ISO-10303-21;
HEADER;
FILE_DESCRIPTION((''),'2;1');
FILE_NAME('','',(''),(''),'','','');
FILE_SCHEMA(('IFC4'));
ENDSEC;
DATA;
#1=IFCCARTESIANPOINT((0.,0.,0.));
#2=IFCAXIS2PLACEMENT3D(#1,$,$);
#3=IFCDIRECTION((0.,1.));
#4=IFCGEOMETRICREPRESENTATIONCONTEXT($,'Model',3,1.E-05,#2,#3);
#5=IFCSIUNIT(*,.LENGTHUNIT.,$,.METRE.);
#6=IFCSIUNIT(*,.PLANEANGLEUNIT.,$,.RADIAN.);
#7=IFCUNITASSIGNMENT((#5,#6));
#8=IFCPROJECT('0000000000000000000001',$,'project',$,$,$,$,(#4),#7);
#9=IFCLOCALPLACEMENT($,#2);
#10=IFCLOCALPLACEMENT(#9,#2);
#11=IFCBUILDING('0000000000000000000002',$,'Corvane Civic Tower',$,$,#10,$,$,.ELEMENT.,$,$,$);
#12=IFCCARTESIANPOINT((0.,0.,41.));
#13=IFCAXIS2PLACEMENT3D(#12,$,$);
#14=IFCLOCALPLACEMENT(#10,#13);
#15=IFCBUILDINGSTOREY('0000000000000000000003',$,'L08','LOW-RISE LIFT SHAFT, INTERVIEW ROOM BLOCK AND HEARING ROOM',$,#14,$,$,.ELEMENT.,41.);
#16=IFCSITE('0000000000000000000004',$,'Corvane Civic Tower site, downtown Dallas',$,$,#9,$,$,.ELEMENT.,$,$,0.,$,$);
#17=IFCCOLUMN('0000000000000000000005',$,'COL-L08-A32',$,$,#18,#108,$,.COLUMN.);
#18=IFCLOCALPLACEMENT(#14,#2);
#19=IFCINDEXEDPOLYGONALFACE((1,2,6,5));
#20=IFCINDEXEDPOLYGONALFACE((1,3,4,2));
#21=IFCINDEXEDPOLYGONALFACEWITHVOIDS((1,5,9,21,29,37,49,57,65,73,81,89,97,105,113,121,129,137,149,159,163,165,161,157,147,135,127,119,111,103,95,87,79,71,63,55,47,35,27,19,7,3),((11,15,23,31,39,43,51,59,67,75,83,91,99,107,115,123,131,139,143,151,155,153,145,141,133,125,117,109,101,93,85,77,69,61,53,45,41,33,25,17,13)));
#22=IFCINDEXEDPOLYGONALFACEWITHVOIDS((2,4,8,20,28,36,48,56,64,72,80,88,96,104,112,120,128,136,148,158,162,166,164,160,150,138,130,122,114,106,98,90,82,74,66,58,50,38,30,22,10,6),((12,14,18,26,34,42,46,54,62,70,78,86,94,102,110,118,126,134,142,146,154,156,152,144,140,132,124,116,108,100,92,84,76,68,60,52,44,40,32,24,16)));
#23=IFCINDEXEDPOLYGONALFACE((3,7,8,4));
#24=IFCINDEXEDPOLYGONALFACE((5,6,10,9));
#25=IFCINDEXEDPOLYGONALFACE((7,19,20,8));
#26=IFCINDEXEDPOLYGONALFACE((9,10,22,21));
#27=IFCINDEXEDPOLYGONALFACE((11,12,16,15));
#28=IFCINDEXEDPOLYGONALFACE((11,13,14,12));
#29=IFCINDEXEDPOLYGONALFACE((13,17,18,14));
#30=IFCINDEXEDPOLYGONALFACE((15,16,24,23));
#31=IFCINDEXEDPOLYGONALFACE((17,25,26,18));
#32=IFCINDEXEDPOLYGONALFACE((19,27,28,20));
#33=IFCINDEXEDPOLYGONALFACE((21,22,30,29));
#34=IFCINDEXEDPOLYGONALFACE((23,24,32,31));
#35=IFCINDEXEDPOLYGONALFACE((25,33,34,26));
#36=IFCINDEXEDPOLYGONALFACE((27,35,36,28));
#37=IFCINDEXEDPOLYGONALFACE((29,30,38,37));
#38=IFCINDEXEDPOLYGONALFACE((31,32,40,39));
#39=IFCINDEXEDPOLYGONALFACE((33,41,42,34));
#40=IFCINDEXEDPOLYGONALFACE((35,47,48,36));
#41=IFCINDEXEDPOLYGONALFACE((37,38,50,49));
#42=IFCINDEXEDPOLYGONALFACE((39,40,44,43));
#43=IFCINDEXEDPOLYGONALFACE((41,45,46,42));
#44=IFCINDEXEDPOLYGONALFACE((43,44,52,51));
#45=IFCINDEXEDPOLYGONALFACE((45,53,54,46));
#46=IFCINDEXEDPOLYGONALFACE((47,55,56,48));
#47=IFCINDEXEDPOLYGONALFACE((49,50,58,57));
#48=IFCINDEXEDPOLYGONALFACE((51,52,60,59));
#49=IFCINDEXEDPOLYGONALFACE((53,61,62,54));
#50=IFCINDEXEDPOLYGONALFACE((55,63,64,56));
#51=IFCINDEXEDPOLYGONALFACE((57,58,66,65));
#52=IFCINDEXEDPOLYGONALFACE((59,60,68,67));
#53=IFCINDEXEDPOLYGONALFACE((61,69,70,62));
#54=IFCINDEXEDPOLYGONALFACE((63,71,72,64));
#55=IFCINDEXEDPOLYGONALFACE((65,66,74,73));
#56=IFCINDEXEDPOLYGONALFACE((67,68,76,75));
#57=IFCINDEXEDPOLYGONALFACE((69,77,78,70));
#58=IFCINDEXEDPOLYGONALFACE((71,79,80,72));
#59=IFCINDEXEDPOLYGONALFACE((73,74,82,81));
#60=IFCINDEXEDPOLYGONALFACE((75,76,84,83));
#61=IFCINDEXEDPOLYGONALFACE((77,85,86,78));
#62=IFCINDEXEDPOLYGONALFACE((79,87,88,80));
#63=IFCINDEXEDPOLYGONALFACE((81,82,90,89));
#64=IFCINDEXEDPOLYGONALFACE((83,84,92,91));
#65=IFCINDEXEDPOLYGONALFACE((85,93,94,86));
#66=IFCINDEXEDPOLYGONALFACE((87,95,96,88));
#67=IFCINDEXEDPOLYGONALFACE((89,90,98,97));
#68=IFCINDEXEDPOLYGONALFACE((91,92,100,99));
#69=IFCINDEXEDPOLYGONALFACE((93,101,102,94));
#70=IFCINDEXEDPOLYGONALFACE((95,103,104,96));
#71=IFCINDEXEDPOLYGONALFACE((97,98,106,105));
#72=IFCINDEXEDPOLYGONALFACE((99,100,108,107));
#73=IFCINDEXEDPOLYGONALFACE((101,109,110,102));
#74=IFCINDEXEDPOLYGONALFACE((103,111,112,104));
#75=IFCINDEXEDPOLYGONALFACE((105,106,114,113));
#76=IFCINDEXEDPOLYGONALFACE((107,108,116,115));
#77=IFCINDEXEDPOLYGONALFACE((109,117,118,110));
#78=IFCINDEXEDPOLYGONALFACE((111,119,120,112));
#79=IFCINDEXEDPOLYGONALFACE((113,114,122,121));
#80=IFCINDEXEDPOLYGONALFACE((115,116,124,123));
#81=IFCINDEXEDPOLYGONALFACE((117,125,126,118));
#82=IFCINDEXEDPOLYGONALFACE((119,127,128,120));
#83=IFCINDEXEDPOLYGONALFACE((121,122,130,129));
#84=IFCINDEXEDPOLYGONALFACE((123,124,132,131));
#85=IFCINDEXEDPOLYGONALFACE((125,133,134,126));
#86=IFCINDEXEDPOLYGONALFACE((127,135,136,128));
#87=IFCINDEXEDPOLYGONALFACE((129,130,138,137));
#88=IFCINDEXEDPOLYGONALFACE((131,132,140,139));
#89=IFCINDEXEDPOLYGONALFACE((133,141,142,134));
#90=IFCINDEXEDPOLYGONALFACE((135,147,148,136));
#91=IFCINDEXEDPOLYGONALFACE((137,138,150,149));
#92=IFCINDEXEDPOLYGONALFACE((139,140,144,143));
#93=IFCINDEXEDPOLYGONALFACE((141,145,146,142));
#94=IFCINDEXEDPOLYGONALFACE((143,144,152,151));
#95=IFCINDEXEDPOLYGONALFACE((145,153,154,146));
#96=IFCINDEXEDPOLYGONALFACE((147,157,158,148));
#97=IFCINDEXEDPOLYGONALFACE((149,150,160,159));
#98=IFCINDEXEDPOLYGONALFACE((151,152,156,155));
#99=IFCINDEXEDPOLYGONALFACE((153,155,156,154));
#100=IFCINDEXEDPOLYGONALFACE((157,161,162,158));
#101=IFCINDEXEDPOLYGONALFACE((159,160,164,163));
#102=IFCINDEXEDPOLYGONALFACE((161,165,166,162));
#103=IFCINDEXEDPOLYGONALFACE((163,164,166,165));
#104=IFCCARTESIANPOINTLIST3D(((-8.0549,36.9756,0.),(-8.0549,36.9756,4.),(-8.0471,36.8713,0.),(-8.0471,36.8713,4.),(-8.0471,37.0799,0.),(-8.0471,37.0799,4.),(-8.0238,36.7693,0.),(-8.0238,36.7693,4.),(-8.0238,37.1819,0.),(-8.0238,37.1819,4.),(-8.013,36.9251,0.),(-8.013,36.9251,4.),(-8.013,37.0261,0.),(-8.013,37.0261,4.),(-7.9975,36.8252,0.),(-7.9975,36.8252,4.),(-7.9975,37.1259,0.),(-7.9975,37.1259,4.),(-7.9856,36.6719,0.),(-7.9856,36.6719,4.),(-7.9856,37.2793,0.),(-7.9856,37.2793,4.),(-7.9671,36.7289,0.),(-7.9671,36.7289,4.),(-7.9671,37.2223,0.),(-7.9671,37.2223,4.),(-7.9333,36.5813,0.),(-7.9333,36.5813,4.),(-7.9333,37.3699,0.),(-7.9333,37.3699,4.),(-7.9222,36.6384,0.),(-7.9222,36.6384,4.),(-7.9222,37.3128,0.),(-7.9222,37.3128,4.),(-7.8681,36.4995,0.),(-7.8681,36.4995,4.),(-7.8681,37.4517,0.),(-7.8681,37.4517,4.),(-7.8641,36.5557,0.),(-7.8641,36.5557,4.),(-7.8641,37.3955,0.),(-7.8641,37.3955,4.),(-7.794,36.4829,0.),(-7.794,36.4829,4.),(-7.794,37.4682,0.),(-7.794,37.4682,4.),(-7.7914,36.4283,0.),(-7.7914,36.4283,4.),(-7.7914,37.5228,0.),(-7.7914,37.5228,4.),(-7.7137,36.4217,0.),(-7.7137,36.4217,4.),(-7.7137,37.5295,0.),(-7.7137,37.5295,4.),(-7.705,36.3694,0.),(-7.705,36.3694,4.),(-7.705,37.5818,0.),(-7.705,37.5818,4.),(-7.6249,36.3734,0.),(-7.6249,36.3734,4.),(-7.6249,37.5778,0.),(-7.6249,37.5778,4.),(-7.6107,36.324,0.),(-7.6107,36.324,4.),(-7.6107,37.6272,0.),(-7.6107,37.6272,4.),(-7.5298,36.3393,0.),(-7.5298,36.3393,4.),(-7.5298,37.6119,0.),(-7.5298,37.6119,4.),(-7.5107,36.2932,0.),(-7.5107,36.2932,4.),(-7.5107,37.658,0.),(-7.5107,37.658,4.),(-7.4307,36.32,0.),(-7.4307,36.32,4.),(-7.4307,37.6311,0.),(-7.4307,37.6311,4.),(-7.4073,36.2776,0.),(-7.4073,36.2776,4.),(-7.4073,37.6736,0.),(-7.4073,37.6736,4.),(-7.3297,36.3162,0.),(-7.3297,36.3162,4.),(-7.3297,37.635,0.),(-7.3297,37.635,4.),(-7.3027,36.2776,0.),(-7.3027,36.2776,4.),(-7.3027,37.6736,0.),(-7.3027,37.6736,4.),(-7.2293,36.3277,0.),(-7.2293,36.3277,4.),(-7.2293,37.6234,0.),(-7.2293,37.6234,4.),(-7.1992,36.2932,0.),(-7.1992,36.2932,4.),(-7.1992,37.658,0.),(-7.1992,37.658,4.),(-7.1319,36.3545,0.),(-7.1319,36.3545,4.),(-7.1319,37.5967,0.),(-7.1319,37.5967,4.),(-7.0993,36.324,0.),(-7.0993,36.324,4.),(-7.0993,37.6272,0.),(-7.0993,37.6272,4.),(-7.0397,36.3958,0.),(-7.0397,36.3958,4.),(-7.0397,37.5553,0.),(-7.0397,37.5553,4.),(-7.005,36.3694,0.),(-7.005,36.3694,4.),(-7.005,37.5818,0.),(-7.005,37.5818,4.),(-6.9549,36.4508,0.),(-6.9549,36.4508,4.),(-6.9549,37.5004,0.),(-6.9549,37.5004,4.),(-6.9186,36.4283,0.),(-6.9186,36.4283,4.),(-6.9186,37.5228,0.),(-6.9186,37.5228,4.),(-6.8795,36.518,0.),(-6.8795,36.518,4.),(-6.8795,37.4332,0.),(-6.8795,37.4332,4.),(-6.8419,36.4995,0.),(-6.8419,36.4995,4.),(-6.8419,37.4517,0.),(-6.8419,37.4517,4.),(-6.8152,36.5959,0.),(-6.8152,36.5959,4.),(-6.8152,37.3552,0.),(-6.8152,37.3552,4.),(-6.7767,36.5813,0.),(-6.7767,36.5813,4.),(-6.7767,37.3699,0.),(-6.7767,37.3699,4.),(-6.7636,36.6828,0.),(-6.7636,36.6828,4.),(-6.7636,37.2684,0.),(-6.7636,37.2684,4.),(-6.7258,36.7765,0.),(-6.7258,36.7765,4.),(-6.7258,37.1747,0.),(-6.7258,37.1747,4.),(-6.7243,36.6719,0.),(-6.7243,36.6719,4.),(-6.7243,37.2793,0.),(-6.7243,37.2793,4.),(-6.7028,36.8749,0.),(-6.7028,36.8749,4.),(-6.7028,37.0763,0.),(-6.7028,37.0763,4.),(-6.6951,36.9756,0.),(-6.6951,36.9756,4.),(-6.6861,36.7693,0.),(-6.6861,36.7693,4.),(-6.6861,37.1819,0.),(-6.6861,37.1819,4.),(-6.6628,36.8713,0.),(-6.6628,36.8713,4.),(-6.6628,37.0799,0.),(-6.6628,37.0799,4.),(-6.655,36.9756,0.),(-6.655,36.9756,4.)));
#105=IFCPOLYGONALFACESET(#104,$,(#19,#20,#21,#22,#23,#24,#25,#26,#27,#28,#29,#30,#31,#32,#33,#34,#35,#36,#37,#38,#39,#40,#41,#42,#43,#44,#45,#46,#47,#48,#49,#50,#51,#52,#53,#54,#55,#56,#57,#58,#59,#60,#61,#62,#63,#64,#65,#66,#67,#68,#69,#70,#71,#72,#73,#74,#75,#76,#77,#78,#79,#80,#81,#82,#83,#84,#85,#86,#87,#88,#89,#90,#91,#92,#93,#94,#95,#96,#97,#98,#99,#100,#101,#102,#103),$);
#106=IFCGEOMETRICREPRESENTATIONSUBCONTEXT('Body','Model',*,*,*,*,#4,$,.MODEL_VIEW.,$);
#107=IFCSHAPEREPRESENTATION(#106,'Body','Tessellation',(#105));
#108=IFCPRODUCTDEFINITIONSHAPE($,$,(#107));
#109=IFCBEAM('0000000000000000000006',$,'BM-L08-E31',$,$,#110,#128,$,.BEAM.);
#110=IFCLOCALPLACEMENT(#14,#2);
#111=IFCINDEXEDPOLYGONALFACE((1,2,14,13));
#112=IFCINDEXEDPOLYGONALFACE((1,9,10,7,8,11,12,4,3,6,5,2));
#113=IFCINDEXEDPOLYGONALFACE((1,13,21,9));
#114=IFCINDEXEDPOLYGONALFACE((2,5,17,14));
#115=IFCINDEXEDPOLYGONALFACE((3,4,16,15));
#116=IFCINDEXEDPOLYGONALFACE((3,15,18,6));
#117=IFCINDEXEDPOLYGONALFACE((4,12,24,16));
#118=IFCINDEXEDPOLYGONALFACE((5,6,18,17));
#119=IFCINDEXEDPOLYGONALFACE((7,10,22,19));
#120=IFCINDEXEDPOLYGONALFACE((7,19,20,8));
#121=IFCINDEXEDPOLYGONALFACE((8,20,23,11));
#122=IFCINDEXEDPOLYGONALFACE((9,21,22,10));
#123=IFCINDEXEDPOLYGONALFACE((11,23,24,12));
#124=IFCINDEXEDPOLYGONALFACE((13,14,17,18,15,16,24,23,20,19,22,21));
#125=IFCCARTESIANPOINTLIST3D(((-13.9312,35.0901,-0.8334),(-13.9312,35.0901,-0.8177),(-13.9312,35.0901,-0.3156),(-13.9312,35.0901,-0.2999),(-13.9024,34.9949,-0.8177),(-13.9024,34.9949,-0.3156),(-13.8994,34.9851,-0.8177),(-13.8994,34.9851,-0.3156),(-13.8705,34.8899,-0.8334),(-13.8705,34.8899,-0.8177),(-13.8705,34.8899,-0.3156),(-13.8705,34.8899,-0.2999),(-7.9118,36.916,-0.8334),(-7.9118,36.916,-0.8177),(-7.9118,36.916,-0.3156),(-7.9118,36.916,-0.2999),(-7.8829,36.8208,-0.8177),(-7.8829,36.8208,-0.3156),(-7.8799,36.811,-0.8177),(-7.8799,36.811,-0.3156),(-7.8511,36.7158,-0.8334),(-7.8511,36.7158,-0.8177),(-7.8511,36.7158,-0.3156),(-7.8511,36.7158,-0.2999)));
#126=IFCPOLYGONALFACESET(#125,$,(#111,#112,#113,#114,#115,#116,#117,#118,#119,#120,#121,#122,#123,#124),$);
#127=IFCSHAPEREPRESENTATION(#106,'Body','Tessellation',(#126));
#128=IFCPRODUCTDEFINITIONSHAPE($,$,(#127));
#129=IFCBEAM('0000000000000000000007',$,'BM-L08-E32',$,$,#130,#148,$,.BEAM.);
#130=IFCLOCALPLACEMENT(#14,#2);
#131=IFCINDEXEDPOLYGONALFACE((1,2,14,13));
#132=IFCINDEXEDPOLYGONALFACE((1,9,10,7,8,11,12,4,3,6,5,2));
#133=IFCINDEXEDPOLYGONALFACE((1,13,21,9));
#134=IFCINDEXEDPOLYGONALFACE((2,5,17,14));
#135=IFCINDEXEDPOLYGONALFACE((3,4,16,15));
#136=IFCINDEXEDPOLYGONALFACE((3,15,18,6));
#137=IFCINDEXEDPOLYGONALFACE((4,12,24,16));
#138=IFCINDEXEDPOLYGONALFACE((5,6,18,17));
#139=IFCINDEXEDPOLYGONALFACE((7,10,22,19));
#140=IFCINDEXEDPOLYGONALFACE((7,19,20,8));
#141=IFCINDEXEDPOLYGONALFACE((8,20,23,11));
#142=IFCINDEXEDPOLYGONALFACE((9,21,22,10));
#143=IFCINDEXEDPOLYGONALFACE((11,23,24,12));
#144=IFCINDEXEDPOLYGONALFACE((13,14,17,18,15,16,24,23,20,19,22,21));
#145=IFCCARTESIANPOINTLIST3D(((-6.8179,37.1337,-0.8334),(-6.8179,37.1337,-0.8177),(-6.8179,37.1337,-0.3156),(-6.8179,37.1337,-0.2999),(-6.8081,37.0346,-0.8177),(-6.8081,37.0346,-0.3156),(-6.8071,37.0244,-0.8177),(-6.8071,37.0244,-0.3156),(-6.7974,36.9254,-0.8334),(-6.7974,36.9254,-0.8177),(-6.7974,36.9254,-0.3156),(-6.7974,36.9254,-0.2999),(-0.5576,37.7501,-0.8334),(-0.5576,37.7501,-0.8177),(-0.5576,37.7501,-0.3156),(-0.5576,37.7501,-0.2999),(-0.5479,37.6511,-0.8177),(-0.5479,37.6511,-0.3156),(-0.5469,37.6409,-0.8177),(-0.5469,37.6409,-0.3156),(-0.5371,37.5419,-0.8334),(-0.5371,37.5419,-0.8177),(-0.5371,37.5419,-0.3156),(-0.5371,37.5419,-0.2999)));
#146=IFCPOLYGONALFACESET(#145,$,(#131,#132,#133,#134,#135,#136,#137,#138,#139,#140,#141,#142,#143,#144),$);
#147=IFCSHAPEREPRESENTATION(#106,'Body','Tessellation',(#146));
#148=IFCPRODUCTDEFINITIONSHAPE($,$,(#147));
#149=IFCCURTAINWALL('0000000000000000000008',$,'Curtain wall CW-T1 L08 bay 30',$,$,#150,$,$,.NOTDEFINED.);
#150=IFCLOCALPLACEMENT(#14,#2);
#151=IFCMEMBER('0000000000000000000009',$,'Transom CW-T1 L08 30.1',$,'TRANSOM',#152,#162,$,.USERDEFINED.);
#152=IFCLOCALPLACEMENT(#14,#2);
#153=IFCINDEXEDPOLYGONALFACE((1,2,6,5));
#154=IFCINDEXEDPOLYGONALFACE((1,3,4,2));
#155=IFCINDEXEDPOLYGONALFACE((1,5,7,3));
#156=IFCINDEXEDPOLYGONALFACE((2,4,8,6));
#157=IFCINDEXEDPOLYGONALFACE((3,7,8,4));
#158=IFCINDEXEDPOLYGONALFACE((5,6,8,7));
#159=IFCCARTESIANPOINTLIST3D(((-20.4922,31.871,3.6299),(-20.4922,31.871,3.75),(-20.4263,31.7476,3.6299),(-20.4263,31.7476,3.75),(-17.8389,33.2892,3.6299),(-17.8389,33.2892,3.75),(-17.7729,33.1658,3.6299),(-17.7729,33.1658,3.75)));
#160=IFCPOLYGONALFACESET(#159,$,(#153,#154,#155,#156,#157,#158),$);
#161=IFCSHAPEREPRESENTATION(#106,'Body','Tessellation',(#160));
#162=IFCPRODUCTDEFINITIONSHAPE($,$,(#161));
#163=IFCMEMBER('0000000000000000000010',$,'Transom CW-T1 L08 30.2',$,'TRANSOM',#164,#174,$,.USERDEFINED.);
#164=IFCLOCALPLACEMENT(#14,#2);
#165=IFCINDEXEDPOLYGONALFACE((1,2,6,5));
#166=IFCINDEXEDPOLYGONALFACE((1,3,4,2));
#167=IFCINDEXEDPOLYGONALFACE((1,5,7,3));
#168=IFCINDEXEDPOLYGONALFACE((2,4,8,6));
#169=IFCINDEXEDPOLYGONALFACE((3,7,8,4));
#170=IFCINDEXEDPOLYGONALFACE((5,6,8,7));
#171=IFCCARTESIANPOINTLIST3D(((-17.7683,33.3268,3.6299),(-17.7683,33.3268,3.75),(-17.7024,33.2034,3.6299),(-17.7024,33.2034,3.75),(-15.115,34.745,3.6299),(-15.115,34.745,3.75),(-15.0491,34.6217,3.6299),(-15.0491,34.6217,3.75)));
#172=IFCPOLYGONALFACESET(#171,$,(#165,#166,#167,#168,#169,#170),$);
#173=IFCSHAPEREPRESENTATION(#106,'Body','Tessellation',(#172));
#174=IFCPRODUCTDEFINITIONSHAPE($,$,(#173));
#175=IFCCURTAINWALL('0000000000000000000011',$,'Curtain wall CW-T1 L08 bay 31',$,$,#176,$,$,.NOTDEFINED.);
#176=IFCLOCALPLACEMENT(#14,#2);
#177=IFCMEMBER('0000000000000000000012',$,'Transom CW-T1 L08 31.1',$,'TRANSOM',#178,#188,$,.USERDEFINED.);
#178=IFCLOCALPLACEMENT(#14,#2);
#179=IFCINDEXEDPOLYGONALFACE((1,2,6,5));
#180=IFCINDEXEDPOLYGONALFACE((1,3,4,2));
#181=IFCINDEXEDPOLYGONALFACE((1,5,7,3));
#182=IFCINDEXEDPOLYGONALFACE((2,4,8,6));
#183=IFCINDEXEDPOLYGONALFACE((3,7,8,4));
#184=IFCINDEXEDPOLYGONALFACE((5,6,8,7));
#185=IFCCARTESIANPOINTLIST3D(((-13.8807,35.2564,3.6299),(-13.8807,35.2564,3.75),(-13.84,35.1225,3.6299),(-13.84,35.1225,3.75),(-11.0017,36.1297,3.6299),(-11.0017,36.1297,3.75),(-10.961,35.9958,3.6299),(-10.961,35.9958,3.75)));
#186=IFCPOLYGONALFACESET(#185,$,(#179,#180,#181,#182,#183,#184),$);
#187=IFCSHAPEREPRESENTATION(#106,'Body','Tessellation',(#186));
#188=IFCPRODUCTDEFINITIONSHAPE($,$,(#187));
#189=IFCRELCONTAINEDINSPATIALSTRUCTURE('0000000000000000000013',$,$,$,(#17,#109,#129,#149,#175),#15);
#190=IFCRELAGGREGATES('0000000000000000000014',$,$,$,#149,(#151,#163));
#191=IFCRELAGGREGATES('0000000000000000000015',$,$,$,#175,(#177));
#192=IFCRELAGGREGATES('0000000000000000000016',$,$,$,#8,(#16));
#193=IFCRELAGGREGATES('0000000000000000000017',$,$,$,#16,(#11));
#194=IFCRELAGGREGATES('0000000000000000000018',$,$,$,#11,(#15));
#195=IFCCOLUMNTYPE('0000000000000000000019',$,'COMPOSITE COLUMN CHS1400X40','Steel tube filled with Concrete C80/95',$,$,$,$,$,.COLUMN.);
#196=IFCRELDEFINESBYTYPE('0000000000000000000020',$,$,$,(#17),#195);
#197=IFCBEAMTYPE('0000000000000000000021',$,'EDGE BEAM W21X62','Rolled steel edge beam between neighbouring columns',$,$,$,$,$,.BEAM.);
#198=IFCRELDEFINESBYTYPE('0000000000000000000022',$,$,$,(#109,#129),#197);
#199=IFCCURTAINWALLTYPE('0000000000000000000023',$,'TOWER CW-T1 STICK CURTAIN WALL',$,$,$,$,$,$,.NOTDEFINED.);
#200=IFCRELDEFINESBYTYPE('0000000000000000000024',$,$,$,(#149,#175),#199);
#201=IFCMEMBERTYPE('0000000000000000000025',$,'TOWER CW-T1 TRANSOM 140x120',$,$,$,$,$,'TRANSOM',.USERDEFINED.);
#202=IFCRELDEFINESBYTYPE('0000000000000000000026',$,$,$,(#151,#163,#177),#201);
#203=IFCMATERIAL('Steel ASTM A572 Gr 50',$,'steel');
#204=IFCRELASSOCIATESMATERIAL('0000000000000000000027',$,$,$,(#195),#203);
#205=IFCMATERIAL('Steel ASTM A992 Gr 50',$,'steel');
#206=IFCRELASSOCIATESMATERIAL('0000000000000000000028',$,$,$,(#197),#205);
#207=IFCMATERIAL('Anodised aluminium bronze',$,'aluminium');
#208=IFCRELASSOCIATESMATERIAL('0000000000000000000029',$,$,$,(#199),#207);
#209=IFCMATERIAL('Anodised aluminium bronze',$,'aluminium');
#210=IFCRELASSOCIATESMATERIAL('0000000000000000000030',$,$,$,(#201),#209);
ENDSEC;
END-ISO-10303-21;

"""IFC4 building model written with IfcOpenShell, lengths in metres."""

from ifc_helpers import new_model, si_unit, direction, frame, origin, origin_2d, place, context, subcontext, project, spatial, rectangle, hollow_circle, i_section, extrude, material, material_profile, profile_set, type_object, element, aggregate, save


model = new_model("IFC4")

# Units and contexts
model_context = context("Model", 3, precision=1e-05, world=origin(), true_north=direction((0.0, 1.0)))
body_context = subcontext(model_context, "Body", "Model", "MODEL_VIEW")
ifc_project = project(units=[si_unit("LENGTHUNIT", "METRE"), si_unit("PLANEANGLEUNIT", "RADIAN")], contexts=[model_context])

# Site, building, storey
site_placement = place(None, origin())
site = spatial("IfcSite", under=ifc_project, at=site_placement, Name="Corvane Civic Tower site, downtown Dallas", CompositionType="ELEMENT", RefElevation=0.0)
building_placement = place(site_placement, origin())
building = spatial("IfcBuilding", under=site, at=building_placement, Name="Corvane Civic Tower", CompositionType="ELEMENT")
storey_placement = place(building_placement, frame((0.0, 0.0, 41.0)))
storey = spatial("IfcBuildingStorey", under=building, at=storey_placement, Name="L08", Description="LOW-RISE LIFT SHAFT, INTERVIEW ROOM BLOCK AND HEARING ROOM", CompositionType="ELEMENT", Elevation=41.0)

# Column
ifc_material_1 = material(Name="Steel ASTM A572 Gr 50", Category="steel")
ifc_material_profile_1 = material_profile(ifc_material_1, hollow_circle(Radius=0.7, WallThickness=0.04, at=origin_2d()), Name="CHS1400X40")
ifc_profile_set_1 = profile_set([ifc_material_profile_1], Name="Steel ASTM A572 Gr 50")
column_type = type_object("IfcColumnType", Name="COMPOSITE COLUMN CHS1400X40", Description="Steel tube filled with Concrete C80/95", PredefinedType="COLUMN", material=ifc_profile_set_1)
for number, where, z_axis, x_axis, name in (
    (1, (-7.355, 36.9756, 0.0), (0.0, 0.0, 1.0), (1.0, 0.0, 0.0), "COL-L08-A32"),
):
    element("IfcColumn", number, at=place(storey_placement, frame(where, z_axis=z_axis, x_axis=x_axis)), inside=storey, type_object=column_type, Name=name, PredefinedType="COLUMN", context=body_context, shape_type="SweptSolid", body=[
        extrude(hollow_circle(Radius=0.7, WallThickness=0.04, at=origin_2d()), origin(), (0.0, 0.0, 1.0), 4.0),
    ])

# Beams
ifc_material_2 = material(Name="Steel ASTM A992 Gr 50", Category="steel")
ifc_material_profile_2 = material_profile(ifc_material_2, i_section(OverallWidth=0.2092, OverallDepth=0.5334, WebThickness=0.0103, FlangeThickness=0.0156, at=origin_2d()), Name="W21X62")
ifc_profile_set_2 = profile_set([ifc_material_profile_2], Name="Steel ASTM A992 Gr 50")
beam_type = type_object("IfcBeamType", Name="EDGE BEAM W21X62", Description="Rolled steel edge beam between neighbouring columns", PredefinedType="BEAM", material=ifc_profile_set_2)
beam_1_placement = place(storey_placement, frame((-13.9009, 34.99, -0.5667), z_axis=(0.956944, 0.290273, 0.0), x_axis=(-0.290273, 0.956944, 0.0)))
element("IfcBeam", 2, at=beam_1_placement, inside=storey, type_object=beam_type, Name="BM-L08-E31", PredefinedType="BEAM", context=body_context, shape_type="SweptSolid", body=[
    extrude(i_section(OverallWidth=0.2092, OverallDepth=0.5334, WebThickness=0.0103, FlangeThickness=0.0156, at=origin_2d()), origin(), (0.0, 0.0, 1.0), 6.2903),
])
beam_2_placement = place(storey_placement, frame((-6.8076, 37.0295, -0.5667), z_axis=(0.995187, 0.097997, 0.0), x_axis=(-0.097997, 0.995187, 0.0)))
element("IfcBeam", 3, at=beam_2_placement, inside=storey, type_object=beam_type, Name="BM-L08-E32", PredefinedType="BEAM", context=body_context, shape_type="SweptSolid", body=[
    extrude(i_section(OverallWidth=0.2092, OverallDepth=0.5334, WebThickness=0.0103, FlangeThickness=0.0156, at=origin_2d()), origin(), (0.0, 0.0, 1.0), 6.2905),
])

# Curtain walls, members
ifc_material_3 = material(Name="Anodised aluminium bronze", Category="aluminium")
curtain_wall_type = type_object("IfcCurtainWallType", Name="TOWER CW-T1 STICK CURTAIN WALL", PredefinedType="NOTDEFINED", material=ifc_material_3)
curtain_wall_1_placement = place(storey_placement, origin())
curtain_wall_1 = element("IfcCurtainWall", 4, at=curtain_wall_1_placement, inside=storey, type_object=curtain_wall_type, Name="Curtain wall CW-T1 L08 bay 30", PredefinedType="NOTDEFINED")
ifc_material_4 = material(Name="Anodised aluminium bronze", Category="aluminium")
ifc_material_profile_3 = material_profile(ifc_material_4, rectangle(XDim=0.1399, YDim=0.1201, at=origin_2d()), Name="TOWER CW-T1 TRANSOM 140x120")
ifc_profile_set_3 = profile_set([ifc_material_profile_3], Name="Anodised aluminium bronze")
member_type_1 = type_object("IfcMemberType", Name="TOWER CW-T1 TRANSOM 140x120", ElementType="TRANSOM", PredefinedType="USERDEFINED", material=ifc_profile_set_3)
member_1_placement = place(storey_placement, frame((-20.4592, 31.8093, 3.6899), z_axis=(0.881924, 0.471393, 0.0), x_axis=(-0.471393, 0.881924, 0.0)))
member_1 = element("IfcMember", 5, at=member_1_placement, type_object=member_type_1, Name="Transom CW-T1 L08 30.1", ObjectType="TRANSOM", PredefinedType="USERDEFINED", context=body_context, shape_type="SweptSolid", body=[
    extrude(rectangle(XDim=0.1399, YDim=0.1201, at=origin_2d()), origin(), (0.0, 0.0, 1.0), 3.0085),
])
member_2_placement = place(storey_placement, frame((-17.7354, 33.2651, 3.6899), z_axis=(0.881924, 0.471393, 0.0), x_axis=(-0.471393, 0.881924, 0.0)))
member_2 = element("IfcMember", 6, at=member_2_placement, type_object=member_type_1, Name="Transom CW-T1 L08 30.2", ObjectType="TRANSOM", PredefinedType="USERDEFINED", context=body_context, shape_type="SweptSolid", body=[
    extrude(rectangle(XDim=0.1399, YDim=0.1201, at=origin_2d()), origin(), (0.0, 0.0, 1.0), 3.0085),
])
curtain_wall_2_placement = place(storey_placement, origin())
curtain_wall_2 = element("IfcCurtainWall", 7, at=curtain_wall_2_placement, inside=storey, type_object=curtain_wall_type, Name="Curtain wall CW-T1 L08 bay 31", PredefinedType="NOTDEFINED")
member_3_placement = place(storey_placement, frame((-13.8604, 35.1895, 3.6899), z_axis=(0.956942, 0.29028, 0.0), x_axis=(-0.29028, 0.956942, 0.0)))
member_3 = element("IfcMember", 8, at=member_3_placement, type_object=member_type_1, Name="Transom CW-T1 L08 31.1", ObjectType="TRANSOM", PredefinedType="USERDEFINED", context=body_context, shape_type="SweptSolid", body=[
    extrude(rectangle(XDim=0.1399, YDim=0.1201, at=origin_2d()), origin(), (0.0, 0.0, 1.0), 3.0085),
])

aggregate(curtain_wall_1, [member_1, member_2])
aggregate(curtain_wall_2, [member_3])

save(model, "model.ifc")
